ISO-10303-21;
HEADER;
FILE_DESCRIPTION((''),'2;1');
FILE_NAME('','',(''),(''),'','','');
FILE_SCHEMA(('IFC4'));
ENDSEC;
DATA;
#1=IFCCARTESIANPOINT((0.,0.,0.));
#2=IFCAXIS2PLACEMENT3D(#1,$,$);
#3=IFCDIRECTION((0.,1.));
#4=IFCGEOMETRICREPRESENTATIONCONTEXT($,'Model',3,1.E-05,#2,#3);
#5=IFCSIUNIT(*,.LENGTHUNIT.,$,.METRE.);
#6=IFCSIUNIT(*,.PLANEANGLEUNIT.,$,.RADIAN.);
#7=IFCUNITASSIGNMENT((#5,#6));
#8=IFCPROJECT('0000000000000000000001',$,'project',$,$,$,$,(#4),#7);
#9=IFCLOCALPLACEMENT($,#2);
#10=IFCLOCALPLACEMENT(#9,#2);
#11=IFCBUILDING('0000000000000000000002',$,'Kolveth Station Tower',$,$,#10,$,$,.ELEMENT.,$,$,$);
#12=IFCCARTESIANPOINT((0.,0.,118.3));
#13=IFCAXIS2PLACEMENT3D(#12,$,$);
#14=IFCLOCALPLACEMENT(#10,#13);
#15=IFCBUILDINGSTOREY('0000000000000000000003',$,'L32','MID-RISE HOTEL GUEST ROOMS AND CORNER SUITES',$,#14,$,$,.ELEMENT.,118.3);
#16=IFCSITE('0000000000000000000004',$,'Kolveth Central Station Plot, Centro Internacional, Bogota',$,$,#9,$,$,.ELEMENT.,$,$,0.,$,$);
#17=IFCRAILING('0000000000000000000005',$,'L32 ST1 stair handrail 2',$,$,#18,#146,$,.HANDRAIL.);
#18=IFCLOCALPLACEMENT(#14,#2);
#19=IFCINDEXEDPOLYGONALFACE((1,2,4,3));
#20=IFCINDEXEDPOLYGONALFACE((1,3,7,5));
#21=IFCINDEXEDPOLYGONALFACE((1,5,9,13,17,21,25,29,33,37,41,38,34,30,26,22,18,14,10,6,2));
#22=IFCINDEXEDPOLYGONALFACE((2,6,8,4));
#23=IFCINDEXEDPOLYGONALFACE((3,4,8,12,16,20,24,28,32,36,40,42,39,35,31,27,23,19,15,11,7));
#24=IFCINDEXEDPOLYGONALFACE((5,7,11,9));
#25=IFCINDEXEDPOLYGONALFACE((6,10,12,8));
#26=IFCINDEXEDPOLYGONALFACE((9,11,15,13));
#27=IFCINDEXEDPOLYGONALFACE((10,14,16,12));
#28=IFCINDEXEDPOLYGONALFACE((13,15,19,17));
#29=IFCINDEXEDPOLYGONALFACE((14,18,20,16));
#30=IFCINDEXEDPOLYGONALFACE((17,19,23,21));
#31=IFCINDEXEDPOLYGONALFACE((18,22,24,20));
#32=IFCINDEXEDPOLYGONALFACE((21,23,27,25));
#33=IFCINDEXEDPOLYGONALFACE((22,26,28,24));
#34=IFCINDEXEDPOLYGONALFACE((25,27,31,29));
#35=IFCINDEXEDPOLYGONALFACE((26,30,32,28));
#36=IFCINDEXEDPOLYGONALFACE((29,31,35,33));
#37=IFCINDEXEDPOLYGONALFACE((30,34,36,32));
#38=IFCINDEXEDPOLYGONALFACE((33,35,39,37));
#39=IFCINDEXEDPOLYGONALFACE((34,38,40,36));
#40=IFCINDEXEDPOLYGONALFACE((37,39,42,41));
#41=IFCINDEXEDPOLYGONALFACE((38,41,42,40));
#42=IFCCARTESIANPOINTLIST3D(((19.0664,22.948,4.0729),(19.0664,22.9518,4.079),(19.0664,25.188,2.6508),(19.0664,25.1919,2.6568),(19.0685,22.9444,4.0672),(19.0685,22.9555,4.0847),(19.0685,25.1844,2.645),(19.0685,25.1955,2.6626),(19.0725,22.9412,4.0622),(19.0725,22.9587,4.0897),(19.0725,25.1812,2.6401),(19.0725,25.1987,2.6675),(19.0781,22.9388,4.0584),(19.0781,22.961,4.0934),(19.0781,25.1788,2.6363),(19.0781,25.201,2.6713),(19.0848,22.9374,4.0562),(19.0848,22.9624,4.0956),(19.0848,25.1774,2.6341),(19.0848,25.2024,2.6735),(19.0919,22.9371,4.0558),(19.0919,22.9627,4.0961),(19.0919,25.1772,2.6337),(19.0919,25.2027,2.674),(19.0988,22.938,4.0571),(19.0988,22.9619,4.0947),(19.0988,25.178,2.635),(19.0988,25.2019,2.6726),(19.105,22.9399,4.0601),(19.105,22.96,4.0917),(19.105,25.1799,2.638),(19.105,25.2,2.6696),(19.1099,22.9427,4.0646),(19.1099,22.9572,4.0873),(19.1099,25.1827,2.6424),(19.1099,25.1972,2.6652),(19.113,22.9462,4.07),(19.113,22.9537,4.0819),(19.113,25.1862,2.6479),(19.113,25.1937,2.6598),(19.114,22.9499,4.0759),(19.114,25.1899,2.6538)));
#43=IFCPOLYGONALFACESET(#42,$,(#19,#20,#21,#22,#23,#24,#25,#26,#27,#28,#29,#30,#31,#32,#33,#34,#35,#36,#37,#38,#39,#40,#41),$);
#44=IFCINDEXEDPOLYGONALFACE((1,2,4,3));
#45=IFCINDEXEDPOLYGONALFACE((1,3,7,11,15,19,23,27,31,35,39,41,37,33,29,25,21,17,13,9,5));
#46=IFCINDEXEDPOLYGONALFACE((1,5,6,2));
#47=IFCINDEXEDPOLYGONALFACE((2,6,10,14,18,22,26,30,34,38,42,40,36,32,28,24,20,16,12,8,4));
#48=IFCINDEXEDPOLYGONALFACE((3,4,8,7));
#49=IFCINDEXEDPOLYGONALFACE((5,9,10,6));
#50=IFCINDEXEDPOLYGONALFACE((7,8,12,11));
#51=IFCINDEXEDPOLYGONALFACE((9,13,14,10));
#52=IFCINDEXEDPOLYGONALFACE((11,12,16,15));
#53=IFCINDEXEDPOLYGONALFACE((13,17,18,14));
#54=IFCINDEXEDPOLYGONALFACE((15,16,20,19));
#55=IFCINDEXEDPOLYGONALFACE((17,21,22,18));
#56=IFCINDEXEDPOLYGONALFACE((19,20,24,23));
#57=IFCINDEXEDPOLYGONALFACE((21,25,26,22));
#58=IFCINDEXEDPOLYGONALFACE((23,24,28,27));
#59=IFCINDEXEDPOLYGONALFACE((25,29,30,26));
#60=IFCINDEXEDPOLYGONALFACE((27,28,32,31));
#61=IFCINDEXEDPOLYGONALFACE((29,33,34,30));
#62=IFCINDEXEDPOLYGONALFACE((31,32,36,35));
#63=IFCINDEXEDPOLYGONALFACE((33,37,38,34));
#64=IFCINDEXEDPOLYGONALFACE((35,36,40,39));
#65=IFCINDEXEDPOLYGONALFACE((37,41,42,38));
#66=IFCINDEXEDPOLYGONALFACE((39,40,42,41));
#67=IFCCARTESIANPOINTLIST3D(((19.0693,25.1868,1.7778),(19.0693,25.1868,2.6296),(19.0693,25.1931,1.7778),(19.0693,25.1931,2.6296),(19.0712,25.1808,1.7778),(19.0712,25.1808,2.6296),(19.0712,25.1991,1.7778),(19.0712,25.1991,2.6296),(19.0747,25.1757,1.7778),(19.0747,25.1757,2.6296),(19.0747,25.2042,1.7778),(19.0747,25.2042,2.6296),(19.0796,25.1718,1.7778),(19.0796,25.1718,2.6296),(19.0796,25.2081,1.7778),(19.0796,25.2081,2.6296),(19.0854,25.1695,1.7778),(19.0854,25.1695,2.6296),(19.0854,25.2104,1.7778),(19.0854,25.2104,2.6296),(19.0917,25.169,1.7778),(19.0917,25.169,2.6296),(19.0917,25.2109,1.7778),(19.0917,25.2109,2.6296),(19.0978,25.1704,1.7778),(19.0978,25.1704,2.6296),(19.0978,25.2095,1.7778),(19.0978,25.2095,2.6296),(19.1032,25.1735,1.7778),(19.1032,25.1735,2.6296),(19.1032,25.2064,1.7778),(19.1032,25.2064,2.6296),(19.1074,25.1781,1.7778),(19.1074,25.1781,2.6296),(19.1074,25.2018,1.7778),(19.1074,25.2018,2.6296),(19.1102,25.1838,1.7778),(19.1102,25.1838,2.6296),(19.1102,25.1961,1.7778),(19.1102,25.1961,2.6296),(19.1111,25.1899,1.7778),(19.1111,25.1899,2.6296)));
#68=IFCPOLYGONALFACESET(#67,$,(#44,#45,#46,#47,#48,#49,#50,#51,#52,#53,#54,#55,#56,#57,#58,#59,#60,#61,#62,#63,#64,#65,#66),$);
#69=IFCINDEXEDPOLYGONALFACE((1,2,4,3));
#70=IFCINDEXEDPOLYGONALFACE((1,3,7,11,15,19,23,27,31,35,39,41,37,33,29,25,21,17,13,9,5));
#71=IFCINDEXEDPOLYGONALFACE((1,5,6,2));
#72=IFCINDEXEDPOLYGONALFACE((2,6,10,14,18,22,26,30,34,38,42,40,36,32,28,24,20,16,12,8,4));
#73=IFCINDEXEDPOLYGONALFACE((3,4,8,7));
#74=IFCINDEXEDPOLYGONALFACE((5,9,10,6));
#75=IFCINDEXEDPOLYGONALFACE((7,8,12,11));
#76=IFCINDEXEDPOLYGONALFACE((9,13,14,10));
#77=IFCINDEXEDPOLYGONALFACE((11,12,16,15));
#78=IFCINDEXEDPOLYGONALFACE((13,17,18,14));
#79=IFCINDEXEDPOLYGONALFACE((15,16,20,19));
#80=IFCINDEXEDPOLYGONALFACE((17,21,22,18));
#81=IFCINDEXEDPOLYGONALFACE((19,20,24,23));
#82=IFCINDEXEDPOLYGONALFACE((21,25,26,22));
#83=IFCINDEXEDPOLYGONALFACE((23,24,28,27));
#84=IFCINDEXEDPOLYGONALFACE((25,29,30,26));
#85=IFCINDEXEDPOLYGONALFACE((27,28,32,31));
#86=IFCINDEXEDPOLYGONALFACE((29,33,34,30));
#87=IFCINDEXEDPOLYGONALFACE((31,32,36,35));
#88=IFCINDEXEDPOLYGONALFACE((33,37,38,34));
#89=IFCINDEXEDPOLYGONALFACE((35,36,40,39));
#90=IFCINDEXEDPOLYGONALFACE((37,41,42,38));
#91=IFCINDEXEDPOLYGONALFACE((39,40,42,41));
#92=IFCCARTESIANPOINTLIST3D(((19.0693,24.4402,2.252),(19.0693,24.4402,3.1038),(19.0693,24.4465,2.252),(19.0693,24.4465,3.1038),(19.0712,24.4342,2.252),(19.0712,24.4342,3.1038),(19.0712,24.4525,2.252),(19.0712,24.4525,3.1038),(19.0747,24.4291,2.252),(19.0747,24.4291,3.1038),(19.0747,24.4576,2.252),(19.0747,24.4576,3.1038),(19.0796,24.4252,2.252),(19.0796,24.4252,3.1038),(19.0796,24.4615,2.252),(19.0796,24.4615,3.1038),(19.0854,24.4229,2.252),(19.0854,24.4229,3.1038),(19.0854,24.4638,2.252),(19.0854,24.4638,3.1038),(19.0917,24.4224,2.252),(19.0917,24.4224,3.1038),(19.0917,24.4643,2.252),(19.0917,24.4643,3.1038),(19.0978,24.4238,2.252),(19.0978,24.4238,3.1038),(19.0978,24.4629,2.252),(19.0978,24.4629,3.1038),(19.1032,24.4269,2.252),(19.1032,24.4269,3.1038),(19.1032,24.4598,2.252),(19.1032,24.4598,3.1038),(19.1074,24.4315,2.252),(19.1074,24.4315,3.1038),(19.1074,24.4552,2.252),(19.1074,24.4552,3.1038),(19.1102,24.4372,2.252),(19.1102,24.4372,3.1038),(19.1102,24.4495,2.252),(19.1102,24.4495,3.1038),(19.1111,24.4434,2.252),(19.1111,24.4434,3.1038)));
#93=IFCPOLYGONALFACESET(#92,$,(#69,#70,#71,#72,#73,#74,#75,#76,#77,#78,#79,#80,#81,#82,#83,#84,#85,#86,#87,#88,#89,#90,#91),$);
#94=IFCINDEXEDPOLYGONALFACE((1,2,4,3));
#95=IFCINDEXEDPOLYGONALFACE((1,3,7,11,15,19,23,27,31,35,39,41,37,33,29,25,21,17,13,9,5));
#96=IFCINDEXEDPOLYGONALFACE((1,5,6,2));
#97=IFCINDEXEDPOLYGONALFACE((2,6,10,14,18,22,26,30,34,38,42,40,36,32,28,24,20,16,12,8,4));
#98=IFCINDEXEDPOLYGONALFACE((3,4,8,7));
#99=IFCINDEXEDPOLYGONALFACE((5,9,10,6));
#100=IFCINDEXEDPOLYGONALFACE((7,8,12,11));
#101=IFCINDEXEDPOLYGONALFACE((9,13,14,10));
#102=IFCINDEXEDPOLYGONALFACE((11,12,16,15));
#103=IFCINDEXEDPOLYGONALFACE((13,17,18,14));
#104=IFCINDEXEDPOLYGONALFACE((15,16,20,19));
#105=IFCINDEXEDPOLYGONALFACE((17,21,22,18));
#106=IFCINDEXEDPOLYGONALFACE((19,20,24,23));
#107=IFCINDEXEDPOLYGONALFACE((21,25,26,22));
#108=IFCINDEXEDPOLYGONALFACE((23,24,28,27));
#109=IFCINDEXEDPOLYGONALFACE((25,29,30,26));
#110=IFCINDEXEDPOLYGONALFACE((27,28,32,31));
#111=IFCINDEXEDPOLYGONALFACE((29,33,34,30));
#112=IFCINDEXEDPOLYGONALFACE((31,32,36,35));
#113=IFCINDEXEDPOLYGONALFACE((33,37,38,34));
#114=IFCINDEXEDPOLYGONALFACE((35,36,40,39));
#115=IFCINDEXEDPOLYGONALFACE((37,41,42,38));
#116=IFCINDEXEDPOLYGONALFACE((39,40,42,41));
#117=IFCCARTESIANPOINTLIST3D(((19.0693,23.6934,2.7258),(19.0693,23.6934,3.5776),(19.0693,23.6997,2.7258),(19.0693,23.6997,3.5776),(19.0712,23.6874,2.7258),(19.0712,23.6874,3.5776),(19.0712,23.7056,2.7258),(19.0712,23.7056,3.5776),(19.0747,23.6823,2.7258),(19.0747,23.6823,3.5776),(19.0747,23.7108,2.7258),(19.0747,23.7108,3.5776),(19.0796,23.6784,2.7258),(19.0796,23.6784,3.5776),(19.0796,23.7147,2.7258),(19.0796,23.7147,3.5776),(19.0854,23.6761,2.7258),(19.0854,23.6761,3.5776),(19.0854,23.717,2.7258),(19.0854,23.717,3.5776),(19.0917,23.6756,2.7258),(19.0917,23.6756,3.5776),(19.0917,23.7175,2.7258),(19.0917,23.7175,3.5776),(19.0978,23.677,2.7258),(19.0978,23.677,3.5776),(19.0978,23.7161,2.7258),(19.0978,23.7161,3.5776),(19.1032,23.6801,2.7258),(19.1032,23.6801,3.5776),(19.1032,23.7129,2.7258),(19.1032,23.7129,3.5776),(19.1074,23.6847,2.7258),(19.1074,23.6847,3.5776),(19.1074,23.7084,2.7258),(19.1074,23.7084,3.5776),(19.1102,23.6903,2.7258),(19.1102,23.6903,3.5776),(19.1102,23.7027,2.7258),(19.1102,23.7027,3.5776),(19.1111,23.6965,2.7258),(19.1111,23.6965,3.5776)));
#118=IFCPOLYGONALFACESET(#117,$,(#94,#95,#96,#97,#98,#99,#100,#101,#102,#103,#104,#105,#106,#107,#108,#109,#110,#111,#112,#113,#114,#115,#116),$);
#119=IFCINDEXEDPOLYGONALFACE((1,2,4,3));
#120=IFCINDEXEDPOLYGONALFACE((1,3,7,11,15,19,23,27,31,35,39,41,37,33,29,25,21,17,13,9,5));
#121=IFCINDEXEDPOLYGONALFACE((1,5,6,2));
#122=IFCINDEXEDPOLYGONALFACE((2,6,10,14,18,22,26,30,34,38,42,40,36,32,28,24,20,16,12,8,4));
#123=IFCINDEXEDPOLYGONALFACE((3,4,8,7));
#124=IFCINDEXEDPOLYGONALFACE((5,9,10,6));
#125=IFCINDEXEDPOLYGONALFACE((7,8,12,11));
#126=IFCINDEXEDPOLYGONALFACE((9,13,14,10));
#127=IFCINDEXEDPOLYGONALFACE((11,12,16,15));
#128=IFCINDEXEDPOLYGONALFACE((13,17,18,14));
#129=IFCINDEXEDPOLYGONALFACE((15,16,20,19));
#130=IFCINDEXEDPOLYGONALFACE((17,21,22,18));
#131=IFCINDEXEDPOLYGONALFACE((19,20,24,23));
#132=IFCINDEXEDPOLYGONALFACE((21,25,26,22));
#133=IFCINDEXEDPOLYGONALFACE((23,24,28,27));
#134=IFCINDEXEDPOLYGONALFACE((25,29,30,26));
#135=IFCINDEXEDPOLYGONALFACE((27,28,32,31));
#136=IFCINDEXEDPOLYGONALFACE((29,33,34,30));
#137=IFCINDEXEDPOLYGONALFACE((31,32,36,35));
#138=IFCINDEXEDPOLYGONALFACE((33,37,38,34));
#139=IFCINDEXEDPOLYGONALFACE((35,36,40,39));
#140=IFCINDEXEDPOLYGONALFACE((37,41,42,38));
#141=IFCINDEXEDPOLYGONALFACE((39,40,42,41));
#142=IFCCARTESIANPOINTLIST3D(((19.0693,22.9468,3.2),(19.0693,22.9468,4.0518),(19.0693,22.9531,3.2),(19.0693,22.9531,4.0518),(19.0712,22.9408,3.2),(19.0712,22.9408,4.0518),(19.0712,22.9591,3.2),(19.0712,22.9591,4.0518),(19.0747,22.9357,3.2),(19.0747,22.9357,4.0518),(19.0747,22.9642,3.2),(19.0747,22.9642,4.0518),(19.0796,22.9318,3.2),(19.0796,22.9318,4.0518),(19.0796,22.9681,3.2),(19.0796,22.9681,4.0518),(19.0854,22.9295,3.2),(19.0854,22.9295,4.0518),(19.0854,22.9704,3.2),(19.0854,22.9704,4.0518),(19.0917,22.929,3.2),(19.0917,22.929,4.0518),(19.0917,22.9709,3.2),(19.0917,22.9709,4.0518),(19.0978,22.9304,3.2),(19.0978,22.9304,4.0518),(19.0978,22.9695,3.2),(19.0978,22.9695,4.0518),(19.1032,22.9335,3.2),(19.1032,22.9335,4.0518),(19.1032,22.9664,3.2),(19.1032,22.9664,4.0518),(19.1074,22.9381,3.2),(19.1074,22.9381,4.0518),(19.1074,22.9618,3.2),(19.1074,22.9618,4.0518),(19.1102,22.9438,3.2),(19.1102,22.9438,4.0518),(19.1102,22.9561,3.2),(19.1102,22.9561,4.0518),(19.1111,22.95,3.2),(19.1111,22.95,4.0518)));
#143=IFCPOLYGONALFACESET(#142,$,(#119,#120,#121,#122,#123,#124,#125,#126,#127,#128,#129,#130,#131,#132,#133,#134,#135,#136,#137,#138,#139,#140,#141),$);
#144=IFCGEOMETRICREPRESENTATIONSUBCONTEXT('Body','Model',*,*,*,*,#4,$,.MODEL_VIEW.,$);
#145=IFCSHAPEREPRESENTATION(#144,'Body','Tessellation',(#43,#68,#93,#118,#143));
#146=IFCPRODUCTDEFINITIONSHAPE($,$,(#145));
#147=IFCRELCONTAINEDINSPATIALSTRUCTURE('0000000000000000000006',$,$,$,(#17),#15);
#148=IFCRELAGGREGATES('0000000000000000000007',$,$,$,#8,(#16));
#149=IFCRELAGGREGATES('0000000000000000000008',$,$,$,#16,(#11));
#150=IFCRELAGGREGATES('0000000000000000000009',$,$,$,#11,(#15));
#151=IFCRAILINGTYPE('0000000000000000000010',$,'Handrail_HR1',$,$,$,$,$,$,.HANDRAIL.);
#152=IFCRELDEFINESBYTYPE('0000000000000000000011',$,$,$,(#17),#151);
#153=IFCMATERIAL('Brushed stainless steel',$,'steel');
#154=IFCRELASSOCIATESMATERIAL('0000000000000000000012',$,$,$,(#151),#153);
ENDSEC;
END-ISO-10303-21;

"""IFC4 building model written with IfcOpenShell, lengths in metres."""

from ifc_helpers import new_model, si_unit, direction, frame, origin, origin_2d, place, context, subcontext, project, spatial, circle, extrude, material, type_object, element, save


model = new_model("IFC4")

# Units and contexts
model_context = context("Model", 3, precision=1e-05, world=origin(), true_north=direction((0.0, 1.0)))
body_context = subcontext(model_context, "Body", "Model", "MODEL_VIEW")
ifc_project = project(units=[si_unit("LENGTHUNIT", "METRE"), si_unit("PLANEANGLEUNIT", "RADIAN")], contexts=[model_context])

# Site, building, storey
site_placement = place(None, origin())
site = spatial("IfcSite", under=ifc_project, at=site_placement, Name="Kolveth Central Station Plot, Centro Internacional, Bogota", CompositionType="ELEMENT", RefElevation=0.0)
building_placement = place(site_placement, origin())
building = spatial("IfcBuilding", under=site, at=building_placement, Name="Kolveth Station Tower", CompositionType="ELEMENT")
storey_placement = place(building_placement, frame((0.0, 0.0, 118.3)))
storey = spatial("IfcBuildingStorey", under=building, at=storey_placement, Name="L32", Description="MID-RISE HOTEL GUEST ROOMS AND CORNER SUITES", CompositionType="ELEMENT", Elevation=118.3)

# Railing
ifc_material_1 = material(Name="Brushed stainless steel", Category="steel")
railing_type_1 = type_object("IfcRailingType", Name="Handrail_HR1", PredefinedType="HANDRAIL", material=ifc_material_1)
railing_1_placement = place(storey_placement, frame((19.0901, 25.1899, 1.7778)))
element("IfcRailing", 1, at=railing_1_placement, inside=storey, type_object=railing_type_1, Name="L32 ST1 stair handrail 2", PredefinedType="HANDRAIL", context=body_context, shape_type="SweptSolid", body=[
    extrude(circle(Radius=0.0239, at=origin_2d()), frame((0.0, 0.0, 0.876), z_axis=(0.0, -0.844229, 0.535982), x_axis=(1.0, 0.0, 0.0)), (0.0, 0.0, 1.0), 2.6533),
    extrude(circle(Radius=0.021, at=origin_2d()), origin(), (0.0, 0.0, 1.0), 0.8518),
    extrude(circle(Radius=0.021, at=origin_2d()), frame((0.0, -0.7466, 0.4741)), (0.0, 0.0, 1.0), 0.8518),
    extrude(circle(Radius=0.021, at=origin_2d()), frame((0.0, -1.4934, 0.948)), (0.0, 0.0, 1.0), 0.8518),
    extrude(circle(Radius=0.021, at=origin_2d()), frame((0.0, -2.24, 1.4221)), (0.0, 0.0, 1.0), 0.8518),
])

save(model, "model.ifc")
